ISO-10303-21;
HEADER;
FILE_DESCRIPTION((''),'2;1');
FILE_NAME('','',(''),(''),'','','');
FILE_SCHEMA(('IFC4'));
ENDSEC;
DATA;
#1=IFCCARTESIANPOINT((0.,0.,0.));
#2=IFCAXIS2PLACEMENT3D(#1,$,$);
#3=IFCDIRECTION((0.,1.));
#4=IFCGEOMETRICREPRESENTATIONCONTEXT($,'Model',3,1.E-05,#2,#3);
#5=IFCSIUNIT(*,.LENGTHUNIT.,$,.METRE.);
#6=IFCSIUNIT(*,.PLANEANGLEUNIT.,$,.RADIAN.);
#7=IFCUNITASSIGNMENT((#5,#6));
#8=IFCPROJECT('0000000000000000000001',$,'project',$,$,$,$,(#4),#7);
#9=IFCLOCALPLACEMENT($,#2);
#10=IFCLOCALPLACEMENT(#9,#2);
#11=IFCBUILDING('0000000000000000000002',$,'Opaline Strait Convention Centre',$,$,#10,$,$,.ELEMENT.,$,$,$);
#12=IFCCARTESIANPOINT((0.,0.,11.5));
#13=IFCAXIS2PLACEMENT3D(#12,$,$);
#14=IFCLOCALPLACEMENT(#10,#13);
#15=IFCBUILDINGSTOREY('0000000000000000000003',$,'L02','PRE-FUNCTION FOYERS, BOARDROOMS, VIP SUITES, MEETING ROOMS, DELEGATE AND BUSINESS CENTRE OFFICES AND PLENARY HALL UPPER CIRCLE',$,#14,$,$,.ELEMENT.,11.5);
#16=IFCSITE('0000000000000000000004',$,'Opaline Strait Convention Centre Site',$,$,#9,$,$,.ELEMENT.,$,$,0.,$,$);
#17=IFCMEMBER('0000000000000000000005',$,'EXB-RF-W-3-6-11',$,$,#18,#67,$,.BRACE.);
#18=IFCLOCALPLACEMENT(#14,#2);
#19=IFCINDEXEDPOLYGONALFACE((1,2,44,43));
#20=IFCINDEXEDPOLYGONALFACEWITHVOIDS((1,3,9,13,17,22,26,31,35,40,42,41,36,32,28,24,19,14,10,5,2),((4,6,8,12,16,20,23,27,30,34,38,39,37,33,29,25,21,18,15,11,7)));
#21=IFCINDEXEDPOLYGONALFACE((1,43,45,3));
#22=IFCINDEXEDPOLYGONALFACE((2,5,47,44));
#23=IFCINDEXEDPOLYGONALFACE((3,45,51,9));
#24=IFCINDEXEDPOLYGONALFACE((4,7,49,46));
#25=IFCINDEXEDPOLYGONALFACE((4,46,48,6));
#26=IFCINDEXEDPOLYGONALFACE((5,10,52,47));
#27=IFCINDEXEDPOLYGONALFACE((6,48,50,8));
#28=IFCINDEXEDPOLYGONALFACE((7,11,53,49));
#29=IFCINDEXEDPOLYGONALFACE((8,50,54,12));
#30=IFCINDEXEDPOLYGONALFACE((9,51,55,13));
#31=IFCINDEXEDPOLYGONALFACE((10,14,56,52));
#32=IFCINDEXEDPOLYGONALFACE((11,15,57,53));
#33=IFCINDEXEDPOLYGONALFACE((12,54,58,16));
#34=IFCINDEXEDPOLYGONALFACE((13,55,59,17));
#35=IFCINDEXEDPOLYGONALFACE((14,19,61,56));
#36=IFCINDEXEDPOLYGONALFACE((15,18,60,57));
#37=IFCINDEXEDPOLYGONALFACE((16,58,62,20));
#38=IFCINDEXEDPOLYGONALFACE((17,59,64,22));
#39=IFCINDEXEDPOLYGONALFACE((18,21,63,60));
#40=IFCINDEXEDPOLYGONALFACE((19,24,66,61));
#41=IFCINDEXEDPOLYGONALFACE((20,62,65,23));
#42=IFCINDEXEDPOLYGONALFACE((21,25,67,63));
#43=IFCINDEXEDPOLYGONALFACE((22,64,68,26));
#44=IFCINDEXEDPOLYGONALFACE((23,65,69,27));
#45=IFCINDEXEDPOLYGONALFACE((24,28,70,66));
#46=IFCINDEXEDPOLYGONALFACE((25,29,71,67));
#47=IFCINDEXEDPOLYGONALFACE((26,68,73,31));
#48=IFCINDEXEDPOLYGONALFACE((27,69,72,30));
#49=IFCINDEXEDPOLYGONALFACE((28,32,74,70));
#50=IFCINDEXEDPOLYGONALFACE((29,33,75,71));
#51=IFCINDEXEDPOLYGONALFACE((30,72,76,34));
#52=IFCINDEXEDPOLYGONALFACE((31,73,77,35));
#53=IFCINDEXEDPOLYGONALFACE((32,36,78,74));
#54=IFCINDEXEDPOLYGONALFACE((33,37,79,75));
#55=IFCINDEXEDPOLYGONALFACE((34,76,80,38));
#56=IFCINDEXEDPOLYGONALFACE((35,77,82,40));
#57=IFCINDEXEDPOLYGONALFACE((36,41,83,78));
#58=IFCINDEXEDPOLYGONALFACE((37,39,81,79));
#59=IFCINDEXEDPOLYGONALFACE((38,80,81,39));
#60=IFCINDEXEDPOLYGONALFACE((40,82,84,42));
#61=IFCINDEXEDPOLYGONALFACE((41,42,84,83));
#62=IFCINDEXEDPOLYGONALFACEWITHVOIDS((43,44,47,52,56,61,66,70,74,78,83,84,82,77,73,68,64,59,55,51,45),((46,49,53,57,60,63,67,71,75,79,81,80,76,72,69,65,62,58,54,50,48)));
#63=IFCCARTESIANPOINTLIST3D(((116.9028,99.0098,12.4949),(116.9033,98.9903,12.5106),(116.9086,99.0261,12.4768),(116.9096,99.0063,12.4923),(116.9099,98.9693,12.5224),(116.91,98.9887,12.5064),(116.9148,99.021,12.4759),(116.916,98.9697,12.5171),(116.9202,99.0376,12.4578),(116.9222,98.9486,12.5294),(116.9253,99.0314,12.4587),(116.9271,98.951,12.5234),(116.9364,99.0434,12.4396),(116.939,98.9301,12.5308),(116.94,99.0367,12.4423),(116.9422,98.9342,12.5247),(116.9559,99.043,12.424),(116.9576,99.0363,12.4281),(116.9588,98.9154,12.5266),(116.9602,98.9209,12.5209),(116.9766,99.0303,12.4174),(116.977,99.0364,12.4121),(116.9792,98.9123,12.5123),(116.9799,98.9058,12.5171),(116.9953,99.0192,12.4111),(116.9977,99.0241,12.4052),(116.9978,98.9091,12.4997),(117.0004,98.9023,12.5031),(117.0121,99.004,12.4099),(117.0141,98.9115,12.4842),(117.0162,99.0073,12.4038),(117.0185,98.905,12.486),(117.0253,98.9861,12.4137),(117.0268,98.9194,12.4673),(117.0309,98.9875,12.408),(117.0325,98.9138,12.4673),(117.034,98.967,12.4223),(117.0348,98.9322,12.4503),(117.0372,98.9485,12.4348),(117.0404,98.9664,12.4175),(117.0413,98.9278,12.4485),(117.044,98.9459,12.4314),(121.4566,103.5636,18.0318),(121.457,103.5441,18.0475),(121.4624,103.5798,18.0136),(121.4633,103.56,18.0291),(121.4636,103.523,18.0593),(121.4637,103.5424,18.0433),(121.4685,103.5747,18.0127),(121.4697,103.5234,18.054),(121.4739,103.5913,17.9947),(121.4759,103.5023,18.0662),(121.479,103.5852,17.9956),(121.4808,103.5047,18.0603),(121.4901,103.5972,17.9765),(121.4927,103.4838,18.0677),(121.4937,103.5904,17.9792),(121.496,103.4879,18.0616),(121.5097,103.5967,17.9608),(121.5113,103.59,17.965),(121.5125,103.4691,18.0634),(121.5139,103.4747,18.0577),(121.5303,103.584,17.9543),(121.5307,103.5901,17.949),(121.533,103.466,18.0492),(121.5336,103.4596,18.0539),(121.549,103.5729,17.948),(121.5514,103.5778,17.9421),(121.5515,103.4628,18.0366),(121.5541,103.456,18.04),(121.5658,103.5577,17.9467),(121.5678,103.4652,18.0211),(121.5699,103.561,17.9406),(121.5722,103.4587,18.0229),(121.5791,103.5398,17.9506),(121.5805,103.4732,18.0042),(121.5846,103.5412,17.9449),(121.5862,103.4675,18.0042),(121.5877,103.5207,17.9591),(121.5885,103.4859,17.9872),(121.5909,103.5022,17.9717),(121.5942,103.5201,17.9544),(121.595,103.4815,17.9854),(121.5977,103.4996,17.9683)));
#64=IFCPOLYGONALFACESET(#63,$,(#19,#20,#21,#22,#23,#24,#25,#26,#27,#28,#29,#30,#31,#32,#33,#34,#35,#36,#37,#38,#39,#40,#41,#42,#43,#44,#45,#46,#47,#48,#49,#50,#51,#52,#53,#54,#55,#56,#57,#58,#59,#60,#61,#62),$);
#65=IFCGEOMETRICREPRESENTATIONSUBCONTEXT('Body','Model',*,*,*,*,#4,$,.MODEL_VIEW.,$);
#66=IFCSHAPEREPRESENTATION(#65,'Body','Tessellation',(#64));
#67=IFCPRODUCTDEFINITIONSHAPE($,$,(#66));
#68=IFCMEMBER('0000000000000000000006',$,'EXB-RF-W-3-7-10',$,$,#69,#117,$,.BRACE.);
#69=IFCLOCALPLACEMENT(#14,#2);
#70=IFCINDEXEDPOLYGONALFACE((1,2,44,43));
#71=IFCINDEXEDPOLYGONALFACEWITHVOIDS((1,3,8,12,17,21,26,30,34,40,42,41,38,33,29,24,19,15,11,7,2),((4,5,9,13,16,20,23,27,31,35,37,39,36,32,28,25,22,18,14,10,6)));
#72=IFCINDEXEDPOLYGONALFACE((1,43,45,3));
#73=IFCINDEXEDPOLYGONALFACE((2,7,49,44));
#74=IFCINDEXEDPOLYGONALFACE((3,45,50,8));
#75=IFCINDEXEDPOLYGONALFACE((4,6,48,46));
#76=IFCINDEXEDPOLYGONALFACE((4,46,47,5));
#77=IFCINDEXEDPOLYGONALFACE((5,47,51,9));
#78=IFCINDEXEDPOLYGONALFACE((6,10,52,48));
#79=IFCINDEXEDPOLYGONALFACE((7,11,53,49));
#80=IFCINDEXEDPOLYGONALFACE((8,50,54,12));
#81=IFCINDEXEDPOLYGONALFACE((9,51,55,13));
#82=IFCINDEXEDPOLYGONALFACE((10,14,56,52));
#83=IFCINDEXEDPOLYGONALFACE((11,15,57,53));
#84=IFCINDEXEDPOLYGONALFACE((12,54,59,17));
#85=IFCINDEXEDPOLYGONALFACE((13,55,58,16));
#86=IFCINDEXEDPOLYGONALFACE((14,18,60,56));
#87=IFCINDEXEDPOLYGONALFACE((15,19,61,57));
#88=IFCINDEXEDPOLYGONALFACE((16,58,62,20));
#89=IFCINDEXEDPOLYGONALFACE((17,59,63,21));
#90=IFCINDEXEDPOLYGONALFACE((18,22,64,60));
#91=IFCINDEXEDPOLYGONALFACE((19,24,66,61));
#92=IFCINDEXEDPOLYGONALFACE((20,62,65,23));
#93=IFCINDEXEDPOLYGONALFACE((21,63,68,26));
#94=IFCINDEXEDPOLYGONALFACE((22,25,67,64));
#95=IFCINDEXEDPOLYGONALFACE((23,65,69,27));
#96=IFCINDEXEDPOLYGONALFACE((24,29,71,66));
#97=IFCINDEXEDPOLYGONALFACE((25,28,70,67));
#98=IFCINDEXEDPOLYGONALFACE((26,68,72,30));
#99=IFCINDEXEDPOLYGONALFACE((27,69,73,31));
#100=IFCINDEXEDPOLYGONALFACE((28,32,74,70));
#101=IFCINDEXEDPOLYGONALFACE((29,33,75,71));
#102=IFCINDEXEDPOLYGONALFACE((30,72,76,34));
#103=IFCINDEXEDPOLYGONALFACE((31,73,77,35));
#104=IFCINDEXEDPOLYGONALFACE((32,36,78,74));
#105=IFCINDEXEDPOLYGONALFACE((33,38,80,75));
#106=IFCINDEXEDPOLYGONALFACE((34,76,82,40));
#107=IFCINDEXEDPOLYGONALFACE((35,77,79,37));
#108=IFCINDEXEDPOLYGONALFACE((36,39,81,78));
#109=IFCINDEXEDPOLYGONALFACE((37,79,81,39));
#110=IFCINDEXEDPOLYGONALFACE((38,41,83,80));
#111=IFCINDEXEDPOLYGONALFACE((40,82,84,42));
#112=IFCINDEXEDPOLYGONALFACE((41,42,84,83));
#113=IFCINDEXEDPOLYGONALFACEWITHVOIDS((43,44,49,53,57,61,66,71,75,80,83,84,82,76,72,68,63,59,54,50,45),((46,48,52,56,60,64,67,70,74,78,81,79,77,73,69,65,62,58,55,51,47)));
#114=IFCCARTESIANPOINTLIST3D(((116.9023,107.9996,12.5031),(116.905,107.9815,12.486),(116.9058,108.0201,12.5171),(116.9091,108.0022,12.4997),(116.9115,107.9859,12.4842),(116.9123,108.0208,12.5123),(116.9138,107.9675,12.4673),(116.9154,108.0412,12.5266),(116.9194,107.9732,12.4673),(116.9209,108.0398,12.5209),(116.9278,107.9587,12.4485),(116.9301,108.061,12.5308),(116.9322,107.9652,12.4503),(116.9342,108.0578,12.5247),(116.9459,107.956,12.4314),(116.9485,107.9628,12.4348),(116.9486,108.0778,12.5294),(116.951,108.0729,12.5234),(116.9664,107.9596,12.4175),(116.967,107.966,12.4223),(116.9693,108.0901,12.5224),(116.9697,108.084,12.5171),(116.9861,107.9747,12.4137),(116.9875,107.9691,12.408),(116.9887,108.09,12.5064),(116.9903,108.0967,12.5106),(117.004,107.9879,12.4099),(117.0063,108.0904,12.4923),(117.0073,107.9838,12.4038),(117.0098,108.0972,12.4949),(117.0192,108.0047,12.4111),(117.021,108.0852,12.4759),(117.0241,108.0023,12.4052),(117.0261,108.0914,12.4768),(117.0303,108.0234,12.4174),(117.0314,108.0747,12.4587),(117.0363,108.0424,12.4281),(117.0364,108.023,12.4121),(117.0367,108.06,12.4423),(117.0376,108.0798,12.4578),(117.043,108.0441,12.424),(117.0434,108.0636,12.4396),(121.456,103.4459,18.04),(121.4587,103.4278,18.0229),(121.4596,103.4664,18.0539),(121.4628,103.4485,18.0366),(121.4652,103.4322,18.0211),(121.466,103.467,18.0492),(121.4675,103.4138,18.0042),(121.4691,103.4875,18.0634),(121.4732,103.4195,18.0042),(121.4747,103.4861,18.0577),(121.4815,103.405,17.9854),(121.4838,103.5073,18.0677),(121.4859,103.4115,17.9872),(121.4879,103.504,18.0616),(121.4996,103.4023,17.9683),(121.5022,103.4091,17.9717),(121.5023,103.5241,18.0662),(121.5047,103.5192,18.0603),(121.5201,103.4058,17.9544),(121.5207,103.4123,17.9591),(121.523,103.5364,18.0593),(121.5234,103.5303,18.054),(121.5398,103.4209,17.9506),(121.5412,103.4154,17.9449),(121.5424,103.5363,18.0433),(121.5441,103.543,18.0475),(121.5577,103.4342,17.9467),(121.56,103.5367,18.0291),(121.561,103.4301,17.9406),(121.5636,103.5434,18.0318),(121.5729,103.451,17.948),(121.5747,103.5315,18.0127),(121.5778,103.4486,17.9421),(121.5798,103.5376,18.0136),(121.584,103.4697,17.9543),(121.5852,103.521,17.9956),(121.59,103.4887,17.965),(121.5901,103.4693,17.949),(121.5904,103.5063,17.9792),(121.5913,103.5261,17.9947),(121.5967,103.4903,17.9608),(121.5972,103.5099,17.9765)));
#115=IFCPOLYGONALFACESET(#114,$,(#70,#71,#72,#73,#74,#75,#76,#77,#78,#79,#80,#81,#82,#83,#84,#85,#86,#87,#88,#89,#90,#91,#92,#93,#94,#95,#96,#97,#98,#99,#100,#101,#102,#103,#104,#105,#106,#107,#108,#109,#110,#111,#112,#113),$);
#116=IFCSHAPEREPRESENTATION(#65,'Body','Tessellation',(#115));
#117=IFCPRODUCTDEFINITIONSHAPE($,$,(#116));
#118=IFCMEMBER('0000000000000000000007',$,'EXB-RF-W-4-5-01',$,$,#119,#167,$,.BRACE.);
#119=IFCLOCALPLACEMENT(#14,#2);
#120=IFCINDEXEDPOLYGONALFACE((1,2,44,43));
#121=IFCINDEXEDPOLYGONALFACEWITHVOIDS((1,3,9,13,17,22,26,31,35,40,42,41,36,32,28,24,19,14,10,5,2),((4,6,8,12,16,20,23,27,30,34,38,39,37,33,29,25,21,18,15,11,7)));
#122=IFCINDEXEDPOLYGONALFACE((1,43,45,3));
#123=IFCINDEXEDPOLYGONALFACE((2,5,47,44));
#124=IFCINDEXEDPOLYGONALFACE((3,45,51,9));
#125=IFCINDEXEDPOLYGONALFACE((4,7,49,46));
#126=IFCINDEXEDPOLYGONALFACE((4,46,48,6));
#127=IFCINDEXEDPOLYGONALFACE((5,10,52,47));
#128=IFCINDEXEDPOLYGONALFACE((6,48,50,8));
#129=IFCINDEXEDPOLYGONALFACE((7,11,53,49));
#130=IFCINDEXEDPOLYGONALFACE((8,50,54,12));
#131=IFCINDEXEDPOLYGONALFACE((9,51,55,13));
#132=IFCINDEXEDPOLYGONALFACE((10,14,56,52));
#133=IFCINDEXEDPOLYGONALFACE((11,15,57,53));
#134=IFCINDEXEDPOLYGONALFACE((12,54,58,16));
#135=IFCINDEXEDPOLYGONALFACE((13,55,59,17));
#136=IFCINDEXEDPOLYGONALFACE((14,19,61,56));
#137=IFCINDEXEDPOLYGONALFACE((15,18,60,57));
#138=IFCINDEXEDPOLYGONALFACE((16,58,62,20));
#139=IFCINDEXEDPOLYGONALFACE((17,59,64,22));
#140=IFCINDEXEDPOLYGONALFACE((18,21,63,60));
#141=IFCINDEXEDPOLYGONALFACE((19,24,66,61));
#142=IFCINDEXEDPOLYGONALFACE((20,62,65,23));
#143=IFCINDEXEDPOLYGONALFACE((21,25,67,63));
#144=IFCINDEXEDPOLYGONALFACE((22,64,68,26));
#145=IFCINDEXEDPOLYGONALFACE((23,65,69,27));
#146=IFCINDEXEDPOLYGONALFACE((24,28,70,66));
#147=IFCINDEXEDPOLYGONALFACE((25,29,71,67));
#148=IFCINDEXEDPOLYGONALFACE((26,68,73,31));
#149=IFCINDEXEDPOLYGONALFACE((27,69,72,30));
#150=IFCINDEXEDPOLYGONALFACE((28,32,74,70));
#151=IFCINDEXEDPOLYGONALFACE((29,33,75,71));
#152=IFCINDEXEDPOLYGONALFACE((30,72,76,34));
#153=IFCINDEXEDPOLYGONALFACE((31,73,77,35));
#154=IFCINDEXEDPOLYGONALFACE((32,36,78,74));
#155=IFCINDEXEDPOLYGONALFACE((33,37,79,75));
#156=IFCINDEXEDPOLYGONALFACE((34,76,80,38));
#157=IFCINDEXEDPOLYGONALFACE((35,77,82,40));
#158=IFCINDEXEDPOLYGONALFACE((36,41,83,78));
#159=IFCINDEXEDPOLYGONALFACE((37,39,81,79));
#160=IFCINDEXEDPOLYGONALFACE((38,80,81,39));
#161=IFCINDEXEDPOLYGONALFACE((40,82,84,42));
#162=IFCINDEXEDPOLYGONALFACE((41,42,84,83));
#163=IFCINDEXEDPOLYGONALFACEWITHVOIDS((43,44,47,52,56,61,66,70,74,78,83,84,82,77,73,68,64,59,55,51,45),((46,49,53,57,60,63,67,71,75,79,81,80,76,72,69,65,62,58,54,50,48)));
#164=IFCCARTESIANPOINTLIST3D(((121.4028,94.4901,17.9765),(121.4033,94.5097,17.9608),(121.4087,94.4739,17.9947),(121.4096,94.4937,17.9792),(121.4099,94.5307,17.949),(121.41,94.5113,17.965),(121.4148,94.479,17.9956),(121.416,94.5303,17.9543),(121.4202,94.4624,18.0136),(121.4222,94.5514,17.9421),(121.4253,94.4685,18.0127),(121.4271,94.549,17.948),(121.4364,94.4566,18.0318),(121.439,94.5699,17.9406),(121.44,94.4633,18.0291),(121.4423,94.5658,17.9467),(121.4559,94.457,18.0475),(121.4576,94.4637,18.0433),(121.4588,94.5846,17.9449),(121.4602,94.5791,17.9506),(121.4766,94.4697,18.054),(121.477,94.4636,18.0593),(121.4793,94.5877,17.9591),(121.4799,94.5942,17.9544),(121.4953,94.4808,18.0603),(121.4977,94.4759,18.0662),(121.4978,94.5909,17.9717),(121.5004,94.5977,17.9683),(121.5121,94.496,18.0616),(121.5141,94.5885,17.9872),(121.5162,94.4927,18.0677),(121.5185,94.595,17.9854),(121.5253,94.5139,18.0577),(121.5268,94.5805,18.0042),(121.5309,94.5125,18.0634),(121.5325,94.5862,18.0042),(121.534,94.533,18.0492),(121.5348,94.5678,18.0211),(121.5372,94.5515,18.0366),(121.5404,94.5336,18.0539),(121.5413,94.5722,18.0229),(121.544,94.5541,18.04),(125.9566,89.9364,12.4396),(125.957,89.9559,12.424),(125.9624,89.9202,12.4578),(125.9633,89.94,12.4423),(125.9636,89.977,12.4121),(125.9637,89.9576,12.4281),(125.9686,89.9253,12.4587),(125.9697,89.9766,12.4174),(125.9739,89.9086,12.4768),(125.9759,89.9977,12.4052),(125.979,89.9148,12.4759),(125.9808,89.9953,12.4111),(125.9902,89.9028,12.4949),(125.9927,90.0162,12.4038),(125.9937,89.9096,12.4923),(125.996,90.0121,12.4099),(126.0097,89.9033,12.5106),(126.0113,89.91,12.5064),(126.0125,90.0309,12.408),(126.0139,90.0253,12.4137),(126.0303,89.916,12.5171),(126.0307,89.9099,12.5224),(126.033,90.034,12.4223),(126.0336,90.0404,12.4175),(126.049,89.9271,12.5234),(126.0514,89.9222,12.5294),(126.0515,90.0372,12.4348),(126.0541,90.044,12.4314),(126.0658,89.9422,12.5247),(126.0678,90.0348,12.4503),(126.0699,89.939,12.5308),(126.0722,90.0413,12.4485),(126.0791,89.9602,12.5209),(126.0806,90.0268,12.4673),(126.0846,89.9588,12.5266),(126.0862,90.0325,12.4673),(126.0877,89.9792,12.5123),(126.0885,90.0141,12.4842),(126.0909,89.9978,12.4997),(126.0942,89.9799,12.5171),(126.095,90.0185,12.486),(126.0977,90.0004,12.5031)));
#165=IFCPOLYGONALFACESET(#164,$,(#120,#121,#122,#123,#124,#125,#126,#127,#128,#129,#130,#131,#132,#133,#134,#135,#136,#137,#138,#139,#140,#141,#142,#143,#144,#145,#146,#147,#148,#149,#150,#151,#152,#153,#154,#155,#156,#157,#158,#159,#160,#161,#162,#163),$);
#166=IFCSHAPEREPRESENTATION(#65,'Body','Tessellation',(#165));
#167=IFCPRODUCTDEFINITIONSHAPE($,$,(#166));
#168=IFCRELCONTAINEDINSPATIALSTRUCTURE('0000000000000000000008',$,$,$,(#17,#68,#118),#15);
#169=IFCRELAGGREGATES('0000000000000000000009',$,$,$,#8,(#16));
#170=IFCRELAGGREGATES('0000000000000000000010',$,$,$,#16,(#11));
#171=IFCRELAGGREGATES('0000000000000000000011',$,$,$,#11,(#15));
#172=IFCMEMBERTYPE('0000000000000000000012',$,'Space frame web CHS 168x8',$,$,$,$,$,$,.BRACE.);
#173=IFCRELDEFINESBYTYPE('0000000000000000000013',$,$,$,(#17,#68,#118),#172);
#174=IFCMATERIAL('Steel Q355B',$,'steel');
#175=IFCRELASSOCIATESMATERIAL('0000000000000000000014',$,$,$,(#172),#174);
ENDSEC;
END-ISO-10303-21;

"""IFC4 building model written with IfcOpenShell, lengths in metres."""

from ifc_helpers import new_model, si_unit, direction, frame, origin, origin_2d, place, context, subcontext, project, spatial, hollow_circle, extrude, material, material_profile, profile_set, type_object, element, save


model = new_model("IFC4")

# Units and contexts
model_context = context("Model", 3, precision=1e-05, world=origin(), true_north=direction((0.0, 1.0)))
body_context = subcontext(model_context, "Body", "Model", "MODEL_VIEW")
ifc_project = project(units=[si_unit("LENGTHUNIT", "METRE"), si_unit("PLANEANGLEUNIT", "RADIAN")], contexts=[model_context])

# Site, building, storey
site_placement = place(None, origin())
site = spatial("IfcSite", under=ifc_project, at=site_placement, Name="Opaline Strait Convention Centre Site", CompositionType="ELEMENT", RefElevation=0.0)
building_placement = place(site_placement, origin())
building = spatial("IfcBuilding", under=site, at=building_placement, Name="Opaline Strait Convention Centre", CompositionType="ELEMENT")
storey_placement = place(building_placement, frame((0.0, 0.0, 11.5)))
storey = spatial("IfcBuildingStorey", under=building, at=storey_placement, Name="L02", Description="PRE-FUNCTION FOYERS, BOARDROOMS, VIP SUITES, MEETING ROOMS, DELEGATE AND BUSINESS CENTRE OFFICES AND PLENARY HALL UPPER CIRCLE", CompositionType="ELEMENT", Elevation=11.5)

# Members
ifc_material = material(Name="Steel Q355B", Category="steel")
ifc_material_profile_1 = material_profile(ifc_material, hollow_circle(Radius=0.084, WallThickness=0.0081, at=origin_2d()), Name="CHS 168x8")
ifc_profile_set_1 = profile_set([ifc_material_profile_1], Name="Steel Q355B")
member_type_1 = type_object("IfcMemberType", Name="Space frame web CHS 168x8", PredefinedType="BRACE", material=ifc_profile_set_1)
for number, where, z_axis, x_axis, name in (
    (1, (121.5269, 103.5269, 18.0042), (-0.536178, -0.536178, -0.65194), (0.707107, -0.707107, 0.0), "EXB-RF-W-3-6-11"),
    (2, (121.5269, 103.4731, 18.0042), (-0.536178, 0.536178, -0.65194), (-0.707107, -0.707107, 0.0), "EXB-RF-W-3-7-10"),
    (3, (121.4731, 94.5269, 18.0042), (0.536178, -0.536178, -0.65194), (0.707107, 0.707107, 0.0), "EXB-RF-W-4-5-01"),
):
    element("IfcMember", number, at=place(storey_placement, frame(where, z_axis=z_axis, x_axis=x_axis)), inside=storey, type_object=member_type_1, Name=name, PredefinedType="BRACE", context=body_context, shape_type="SweptSolid", body=[
        extrude(hollow_circle(Radius=0.084, WallThickness=0.0081, at=origin_2d()), origin(), (0.0, 0.0, 1.0), 8.4929),
    ])

save(model, "model.ifc")
